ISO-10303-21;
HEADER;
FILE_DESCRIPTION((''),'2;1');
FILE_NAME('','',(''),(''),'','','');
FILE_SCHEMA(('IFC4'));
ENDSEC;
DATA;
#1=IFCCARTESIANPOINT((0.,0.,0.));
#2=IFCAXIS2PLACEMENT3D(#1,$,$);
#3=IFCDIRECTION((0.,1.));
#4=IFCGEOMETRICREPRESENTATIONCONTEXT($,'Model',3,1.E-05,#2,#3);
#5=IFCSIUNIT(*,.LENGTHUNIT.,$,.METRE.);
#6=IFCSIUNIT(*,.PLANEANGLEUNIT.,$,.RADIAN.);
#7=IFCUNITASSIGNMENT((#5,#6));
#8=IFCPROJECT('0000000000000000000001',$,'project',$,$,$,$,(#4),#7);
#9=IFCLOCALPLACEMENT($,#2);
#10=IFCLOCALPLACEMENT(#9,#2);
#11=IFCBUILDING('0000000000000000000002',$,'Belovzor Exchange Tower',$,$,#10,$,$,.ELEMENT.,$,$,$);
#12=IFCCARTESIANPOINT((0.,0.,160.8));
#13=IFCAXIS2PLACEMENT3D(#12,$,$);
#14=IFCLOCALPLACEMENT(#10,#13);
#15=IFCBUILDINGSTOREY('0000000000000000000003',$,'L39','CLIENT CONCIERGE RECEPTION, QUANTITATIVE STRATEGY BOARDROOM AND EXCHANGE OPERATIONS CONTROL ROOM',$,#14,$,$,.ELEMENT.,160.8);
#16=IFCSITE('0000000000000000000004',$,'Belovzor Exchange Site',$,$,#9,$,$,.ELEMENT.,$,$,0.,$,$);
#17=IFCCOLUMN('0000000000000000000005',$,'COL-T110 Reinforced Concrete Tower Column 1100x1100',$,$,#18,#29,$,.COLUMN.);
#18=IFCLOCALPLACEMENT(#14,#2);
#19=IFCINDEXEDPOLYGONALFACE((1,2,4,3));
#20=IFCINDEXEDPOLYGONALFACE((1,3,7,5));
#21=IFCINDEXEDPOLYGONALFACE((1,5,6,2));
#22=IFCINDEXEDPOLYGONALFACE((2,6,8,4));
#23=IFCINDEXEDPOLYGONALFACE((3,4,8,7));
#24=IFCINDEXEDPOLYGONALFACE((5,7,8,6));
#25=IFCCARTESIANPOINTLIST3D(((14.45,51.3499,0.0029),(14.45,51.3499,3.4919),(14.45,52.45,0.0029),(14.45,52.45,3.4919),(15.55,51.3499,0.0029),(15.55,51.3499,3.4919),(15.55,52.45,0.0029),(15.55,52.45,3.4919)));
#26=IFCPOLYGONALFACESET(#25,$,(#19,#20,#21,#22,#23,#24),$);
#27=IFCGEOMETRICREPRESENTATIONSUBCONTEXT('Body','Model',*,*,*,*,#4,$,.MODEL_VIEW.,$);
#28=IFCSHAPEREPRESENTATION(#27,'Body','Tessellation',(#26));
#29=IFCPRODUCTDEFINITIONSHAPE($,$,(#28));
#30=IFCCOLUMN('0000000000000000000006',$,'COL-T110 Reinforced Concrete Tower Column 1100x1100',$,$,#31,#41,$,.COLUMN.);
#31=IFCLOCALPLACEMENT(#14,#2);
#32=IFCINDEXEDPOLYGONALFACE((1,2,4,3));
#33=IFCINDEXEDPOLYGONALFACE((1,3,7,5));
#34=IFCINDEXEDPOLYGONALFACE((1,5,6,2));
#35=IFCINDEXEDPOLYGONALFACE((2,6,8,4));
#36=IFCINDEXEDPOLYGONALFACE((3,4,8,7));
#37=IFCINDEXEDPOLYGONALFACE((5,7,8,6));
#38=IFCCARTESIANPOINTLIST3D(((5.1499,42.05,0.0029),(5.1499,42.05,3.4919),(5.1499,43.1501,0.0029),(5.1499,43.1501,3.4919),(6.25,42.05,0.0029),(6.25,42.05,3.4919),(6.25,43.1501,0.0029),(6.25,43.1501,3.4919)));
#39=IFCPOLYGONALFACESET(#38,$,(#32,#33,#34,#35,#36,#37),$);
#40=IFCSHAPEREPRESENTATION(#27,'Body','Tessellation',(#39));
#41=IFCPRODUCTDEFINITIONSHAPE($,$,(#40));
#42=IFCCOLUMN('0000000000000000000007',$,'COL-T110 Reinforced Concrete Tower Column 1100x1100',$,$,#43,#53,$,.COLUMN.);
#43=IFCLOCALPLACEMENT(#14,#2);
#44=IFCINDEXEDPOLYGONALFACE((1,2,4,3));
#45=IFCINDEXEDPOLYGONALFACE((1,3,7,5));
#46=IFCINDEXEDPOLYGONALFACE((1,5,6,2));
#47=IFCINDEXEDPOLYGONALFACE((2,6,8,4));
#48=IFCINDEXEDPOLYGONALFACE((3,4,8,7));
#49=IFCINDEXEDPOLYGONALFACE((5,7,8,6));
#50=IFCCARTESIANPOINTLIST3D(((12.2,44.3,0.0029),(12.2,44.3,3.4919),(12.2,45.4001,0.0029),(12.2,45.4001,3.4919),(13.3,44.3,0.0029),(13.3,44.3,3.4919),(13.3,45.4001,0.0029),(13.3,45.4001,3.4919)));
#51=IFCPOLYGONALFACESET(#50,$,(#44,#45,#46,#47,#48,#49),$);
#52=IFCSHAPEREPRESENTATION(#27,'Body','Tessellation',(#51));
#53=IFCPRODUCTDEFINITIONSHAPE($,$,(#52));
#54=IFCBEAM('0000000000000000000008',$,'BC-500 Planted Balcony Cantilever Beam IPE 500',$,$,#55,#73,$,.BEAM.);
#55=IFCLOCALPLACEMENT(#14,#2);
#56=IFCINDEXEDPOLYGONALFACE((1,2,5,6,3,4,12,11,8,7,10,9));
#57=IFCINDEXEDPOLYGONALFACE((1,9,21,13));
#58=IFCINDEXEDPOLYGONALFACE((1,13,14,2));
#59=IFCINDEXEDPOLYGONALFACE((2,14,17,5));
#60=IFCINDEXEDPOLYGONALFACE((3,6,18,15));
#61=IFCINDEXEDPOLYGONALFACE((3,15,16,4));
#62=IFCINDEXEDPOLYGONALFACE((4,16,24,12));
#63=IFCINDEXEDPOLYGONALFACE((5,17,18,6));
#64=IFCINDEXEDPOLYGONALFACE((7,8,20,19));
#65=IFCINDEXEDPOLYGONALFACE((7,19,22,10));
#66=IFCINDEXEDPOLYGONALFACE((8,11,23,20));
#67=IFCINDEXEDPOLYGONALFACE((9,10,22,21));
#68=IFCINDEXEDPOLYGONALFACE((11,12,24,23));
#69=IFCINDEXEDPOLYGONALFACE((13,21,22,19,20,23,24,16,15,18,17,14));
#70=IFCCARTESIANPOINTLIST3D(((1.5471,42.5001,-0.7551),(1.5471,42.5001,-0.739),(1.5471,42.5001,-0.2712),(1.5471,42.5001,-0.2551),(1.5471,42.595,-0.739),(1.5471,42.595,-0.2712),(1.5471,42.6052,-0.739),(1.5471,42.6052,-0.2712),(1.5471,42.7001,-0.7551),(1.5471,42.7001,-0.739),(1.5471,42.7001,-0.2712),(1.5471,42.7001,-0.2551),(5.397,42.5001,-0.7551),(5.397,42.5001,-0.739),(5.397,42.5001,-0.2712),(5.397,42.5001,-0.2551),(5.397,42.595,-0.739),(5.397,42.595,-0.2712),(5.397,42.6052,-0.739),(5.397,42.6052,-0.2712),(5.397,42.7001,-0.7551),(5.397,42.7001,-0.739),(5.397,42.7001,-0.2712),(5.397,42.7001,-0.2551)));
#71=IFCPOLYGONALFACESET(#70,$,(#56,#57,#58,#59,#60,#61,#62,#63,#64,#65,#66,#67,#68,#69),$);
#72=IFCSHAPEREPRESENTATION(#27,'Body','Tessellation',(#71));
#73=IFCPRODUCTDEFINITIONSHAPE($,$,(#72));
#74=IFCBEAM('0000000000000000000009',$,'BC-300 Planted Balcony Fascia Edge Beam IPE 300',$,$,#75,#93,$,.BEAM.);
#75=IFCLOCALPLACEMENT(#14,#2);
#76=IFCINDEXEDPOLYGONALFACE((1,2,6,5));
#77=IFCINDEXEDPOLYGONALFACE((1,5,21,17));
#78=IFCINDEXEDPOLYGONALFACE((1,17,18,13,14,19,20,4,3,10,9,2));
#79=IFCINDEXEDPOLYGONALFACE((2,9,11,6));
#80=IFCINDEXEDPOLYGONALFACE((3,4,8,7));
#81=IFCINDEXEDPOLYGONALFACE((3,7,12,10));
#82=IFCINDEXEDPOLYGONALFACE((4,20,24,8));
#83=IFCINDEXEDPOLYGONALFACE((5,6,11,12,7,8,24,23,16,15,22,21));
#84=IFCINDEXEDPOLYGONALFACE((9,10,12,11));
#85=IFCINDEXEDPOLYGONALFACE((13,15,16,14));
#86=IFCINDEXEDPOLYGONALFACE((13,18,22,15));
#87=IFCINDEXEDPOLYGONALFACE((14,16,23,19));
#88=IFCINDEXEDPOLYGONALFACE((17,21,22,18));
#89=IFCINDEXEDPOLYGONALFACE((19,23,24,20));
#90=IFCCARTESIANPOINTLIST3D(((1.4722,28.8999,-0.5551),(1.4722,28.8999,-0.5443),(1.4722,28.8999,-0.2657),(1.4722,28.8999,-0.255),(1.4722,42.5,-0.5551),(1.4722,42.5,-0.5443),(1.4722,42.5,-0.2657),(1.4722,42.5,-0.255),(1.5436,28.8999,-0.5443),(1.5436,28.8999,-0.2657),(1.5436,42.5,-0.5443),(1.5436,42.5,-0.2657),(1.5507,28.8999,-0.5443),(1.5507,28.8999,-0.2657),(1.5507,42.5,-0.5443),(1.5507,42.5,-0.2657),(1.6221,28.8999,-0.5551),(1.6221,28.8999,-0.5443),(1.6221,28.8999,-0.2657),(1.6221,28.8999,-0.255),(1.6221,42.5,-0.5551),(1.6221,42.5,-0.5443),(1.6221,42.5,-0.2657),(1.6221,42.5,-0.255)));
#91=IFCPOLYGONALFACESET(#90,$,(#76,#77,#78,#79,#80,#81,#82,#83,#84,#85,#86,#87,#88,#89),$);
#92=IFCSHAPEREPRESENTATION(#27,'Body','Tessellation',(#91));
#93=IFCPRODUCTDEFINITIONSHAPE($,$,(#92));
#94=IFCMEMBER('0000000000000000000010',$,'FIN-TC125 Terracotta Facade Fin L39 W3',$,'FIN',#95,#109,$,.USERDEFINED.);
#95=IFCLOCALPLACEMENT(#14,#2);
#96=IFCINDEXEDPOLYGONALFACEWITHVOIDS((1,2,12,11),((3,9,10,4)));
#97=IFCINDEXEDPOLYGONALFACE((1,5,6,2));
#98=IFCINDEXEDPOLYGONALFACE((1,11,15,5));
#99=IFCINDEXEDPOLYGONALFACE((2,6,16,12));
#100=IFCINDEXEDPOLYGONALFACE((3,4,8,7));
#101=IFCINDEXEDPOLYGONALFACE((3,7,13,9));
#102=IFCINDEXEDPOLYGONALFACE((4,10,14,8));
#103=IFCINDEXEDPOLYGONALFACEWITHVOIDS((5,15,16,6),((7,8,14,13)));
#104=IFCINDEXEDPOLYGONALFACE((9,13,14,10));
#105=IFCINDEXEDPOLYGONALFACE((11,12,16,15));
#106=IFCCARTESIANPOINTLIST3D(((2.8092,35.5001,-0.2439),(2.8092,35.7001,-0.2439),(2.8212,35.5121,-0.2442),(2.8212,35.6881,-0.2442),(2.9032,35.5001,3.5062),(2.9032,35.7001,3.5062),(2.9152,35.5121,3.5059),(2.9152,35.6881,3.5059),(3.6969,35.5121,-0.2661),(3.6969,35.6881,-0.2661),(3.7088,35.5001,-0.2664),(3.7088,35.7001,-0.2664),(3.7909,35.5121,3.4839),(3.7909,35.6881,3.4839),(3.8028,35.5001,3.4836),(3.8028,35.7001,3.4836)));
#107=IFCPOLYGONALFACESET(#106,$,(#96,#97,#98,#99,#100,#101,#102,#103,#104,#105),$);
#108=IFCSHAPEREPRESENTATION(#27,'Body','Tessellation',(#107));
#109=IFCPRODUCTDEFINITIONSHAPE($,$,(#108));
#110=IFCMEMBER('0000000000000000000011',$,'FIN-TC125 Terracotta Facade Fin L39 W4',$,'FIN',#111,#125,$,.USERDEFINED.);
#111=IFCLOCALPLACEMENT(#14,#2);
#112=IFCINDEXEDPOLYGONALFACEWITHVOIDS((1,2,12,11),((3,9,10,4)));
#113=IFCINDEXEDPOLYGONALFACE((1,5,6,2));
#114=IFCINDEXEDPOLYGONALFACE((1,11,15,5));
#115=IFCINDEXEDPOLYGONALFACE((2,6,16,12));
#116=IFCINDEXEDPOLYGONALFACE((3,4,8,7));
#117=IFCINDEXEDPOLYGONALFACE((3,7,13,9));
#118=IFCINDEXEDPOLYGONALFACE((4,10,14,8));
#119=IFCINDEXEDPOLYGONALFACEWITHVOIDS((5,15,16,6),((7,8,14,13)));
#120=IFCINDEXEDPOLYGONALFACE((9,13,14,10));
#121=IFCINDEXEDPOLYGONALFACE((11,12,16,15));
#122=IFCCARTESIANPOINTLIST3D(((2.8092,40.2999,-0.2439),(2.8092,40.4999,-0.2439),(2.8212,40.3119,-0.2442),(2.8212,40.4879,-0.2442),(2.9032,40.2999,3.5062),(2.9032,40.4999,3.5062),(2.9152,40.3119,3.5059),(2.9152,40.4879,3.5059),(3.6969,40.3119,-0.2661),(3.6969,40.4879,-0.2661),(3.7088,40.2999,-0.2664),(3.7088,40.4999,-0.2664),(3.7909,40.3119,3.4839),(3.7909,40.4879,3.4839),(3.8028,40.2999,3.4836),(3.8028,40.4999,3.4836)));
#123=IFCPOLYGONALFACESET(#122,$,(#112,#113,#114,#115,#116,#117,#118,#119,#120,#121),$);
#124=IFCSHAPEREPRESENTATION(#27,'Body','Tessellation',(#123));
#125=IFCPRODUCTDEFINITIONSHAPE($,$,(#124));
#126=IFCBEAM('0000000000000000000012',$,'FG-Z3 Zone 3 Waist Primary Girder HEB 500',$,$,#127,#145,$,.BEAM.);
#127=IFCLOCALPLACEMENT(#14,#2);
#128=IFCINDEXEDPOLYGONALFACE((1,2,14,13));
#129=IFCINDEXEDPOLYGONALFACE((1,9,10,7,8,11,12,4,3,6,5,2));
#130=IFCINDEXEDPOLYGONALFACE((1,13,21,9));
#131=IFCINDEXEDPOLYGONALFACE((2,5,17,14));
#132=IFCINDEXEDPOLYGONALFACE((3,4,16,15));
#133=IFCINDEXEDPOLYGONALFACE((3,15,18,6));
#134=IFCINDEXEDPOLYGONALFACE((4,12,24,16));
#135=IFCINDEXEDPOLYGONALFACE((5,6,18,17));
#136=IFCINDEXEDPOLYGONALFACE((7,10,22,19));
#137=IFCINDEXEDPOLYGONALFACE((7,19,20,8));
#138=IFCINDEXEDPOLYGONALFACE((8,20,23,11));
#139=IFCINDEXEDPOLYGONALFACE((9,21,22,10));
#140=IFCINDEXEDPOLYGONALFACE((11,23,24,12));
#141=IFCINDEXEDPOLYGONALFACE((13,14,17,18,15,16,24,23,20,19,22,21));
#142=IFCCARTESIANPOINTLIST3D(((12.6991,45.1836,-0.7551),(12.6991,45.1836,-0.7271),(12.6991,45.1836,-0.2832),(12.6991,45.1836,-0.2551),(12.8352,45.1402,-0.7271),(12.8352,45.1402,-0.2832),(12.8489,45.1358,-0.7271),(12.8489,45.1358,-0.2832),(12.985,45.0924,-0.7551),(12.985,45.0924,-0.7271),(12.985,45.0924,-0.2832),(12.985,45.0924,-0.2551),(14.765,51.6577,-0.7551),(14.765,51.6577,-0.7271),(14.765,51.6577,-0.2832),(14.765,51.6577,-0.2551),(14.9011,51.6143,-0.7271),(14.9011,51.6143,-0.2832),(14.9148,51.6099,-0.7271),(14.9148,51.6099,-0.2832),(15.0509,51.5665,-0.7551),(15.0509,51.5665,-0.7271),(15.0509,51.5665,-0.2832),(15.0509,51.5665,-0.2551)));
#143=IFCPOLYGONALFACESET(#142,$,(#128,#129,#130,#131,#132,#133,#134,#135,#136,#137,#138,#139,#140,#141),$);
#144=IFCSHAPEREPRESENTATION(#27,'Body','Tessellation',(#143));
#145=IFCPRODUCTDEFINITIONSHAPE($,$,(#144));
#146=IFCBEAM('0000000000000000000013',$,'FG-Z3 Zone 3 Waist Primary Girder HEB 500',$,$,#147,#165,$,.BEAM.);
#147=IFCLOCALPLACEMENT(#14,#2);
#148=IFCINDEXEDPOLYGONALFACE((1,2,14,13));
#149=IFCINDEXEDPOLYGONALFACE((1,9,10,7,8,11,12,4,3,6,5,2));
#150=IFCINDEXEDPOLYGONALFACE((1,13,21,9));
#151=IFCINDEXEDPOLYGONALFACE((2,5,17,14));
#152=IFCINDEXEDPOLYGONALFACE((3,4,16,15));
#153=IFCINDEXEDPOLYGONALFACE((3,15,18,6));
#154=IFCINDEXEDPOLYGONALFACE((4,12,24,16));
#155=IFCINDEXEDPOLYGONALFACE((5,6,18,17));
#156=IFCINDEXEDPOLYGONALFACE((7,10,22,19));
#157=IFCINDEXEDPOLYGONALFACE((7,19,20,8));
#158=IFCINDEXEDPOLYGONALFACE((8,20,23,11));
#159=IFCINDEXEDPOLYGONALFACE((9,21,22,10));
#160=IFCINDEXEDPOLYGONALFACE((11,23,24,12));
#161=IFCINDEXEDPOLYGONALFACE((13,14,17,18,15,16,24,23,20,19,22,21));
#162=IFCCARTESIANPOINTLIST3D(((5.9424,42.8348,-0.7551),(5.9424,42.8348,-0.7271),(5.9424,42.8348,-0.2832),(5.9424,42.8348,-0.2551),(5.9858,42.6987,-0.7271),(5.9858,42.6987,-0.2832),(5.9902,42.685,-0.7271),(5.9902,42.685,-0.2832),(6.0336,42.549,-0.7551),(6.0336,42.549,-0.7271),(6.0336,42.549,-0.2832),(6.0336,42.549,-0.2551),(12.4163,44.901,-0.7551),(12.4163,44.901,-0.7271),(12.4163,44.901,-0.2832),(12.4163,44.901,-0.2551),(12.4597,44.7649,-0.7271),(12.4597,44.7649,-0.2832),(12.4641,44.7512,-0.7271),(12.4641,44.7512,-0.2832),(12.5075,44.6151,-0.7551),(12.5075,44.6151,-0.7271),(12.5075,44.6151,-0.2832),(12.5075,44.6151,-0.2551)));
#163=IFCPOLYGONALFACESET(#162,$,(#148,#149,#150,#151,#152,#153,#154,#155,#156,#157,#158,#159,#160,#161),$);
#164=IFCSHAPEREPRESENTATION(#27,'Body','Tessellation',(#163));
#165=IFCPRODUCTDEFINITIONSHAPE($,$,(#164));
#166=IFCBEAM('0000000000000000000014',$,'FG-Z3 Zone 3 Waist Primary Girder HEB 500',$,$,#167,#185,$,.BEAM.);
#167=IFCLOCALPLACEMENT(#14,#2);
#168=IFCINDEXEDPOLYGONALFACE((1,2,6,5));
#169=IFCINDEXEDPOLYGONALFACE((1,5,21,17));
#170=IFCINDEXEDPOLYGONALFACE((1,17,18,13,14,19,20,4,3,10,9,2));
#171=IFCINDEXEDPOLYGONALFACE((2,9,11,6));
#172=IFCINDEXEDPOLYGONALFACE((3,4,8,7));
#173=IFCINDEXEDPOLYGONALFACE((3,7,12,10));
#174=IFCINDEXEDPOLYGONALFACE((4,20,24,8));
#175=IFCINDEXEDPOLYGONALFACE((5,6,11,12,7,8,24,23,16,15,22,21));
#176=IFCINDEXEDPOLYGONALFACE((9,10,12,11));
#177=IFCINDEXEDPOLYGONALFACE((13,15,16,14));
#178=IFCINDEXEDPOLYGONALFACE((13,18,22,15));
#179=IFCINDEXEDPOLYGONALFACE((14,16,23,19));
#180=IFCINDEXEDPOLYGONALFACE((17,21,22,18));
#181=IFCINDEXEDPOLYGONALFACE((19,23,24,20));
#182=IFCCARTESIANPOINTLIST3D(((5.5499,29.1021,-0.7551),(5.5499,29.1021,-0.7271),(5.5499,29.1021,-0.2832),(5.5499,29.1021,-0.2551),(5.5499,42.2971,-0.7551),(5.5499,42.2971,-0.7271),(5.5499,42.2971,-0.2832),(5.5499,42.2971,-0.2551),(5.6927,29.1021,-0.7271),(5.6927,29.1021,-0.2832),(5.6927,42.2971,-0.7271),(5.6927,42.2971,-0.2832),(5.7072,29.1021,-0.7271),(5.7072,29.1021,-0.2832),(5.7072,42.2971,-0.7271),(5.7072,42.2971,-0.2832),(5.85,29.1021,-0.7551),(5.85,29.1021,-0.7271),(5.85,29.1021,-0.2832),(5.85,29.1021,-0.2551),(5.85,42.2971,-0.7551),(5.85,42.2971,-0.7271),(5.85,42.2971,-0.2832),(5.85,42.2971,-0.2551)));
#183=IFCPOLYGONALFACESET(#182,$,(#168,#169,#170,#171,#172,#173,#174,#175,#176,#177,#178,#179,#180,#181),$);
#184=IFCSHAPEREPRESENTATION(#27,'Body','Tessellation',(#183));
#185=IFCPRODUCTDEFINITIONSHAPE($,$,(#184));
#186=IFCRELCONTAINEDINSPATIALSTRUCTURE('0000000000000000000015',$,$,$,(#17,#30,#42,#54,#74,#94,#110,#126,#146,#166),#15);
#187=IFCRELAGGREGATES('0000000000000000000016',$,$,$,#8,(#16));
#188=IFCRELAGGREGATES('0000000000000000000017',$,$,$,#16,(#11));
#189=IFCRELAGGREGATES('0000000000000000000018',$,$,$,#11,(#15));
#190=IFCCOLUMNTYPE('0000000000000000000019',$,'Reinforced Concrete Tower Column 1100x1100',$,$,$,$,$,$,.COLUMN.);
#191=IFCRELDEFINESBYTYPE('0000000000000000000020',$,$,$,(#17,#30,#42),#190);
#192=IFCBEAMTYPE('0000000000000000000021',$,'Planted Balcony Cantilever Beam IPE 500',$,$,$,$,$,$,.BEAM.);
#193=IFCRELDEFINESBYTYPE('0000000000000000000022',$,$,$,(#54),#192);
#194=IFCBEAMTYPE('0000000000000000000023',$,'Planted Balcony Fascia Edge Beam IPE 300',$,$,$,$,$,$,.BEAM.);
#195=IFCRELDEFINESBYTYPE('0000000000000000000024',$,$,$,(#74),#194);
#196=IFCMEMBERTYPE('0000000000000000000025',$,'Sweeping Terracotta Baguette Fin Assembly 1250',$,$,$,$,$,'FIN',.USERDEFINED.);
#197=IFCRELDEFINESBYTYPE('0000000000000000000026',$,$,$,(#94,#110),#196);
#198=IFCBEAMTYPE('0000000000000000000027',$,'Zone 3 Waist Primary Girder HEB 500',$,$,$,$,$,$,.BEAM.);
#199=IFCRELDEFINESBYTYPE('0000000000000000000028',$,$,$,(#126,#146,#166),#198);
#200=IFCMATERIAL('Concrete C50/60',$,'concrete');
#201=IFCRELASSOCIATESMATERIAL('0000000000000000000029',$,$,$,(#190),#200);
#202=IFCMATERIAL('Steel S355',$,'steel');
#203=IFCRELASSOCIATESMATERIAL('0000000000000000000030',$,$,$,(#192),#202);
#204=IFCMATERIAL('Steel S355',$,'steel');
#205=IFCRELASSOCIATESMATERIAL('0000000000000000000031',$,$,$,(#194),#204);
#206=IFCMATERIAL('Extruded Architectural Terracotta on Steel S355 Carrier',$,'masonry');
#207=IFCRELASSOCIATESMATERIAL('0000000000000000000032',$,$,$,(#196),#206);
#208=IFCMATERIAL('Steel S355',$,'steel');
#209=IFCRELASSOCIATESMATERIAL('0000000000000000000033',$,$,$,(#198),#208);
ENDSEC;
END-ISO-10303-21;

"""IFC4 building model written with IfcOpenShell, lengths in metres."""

from ifc_helpers import new_model, si_unit, direction, frame, origin, origin_2d, place, context, subcontext, project, spatial, rectangle, hollow_rectangle, i_section, extrude, material, material_profile, profile_set, type_object, element, save


model = new_model("IFC4")

# Units and contexts
model_context = context("Model", 3, precision=1e-05, world=origin(), true_north=direction((0.0, 1.0)))
body_context = subcontext(model_context, "Body", "Model", "MODEL_VIEW")
ifc_project = project(units=[si_unit("LENGTHUNIT", "METRE"), si_unit("PLANEANGLEUNIT", "RADIAN")], contexts=[model_context])

# Site, building, storey
site_placement = place(None, origin())
site = spatial("IfcSite", under=ifc_project, at=site_placement, Name="Belovzor Exchange Site", CompositionType="ELEMENT", RefElevation=0.0)
building_placement = place(site_placement, origin())
building = spatial("IfcBuilding", under=site, at=building_placement, Name="Belovzor Exchange Tower", CompositionType="ELEMENT")
storey_placement = place(building_placement, frame((0.0, 0.0, 160.8)))
storey = spatial("IfcBuildingStorey", under=building, at=storey_placement, Name="L39", Description="CLIENT CONCIERGE RECEPTION, QUANTITATIVE STRATEGY BOARDROOM AND EXCHANGE OPERATIONS CONTROL ROOM", CompositionType="ELEMENT", Elevation=160.8)

# Columns
ifc_material_1 = material(Name="Concrete C50/60", Category="concrete")
ifc_material_profile_1 = material_profile(ifc_material_1, rectangle(XDim=1.1001, YDim=1.1001, at=origin_2d()))
ifc_profile_set_1 = profile_set([ifc_material_profile_1], Name="Concrete C50/60")
column_type = type_object("IfcColumnType", Name="Reinforced Concrete Tower Column 1100x1100", PredefinedType="COLUMN", material=ifc_profile_set_1)
for number, where, z_axis, x_axis, name in (
    (1, (15.0, 51.8999, 0.0029), (0.0, 0.0, 1.0), (1.0, 0.0, 0.0), "COL-T110 Reinforced Concrete Tower Column 1100x1100"),
    (2, (5.7, 42.6001, 0.0029), (0.0, 0.0, 1.0), (1.0, 0.0, 0.0), "COL-T110 Reinforced Concrete Tower Column 1100x1100"),
    (3, (12.75, 44.8501, 0.0029), (0.0, 0.0, 1.0), (1.0, 0.0, 0.0), "COL-T110 Reinforced Concrete Tower Column 1100x1100"),
):
    element("IfcColumn", number, at=place(storey_placement, frame(where, z_axis=z_axis, x_axis=x_axis)), inside=storey, type_object=column_type, Name=name, PredefinedType="COLUMN", context=body_context, shape_type="SweptSolid", body=[
        extrude(rectangle(XDim=1.1001, YDim=1.1001, at=origin_2d()), origin(), (0.0, 0.0, 1.0), 3.489),
    ])

# Beams
ifc_material_2 = material(Name="Steel S355", Category="steel")
ifc_material_profile_2 = material_profile(ifc_material_2, i_section(OverallWidth=0.2, OverallDepth=0.5, WebThickness=0.0103, FlangeThickness=0.0161, at=origin_2d()))
ifc_profile_set_2 = profile_set([ifc_material_profile_2], Name="Steel S355")
beam_type_1 = type_object("IfcBeamType", Name="Planted Balcony Cantilever Beam IPE 500", PredefinedType="BEAM", material=ifc_profile_set_2)
beam_1_placement = place(storey_placement, frame((5.397, 42.6001, -0.5051), z_axis=(-1.0, 0.0, 0.0), x_axis=(0.0, -1.0, 0.0)))
element("IfcBeam", 4, at=beam_1_placement, inside=storey, type_object=beam_type_1, Name="BC-500 Planted Balcony Cantilever Beam IPE 500", PredefinedType="BEAM", context=body_context, shape_type="SweptSolid", body=[
    extrude(i_section(OverallWidth=0.2, OverallDepth=0.5, WebThickness=0.0103, FlangeThickness=0.0161, at=origin_2d()), origin(), (0.0, 0.0, 1.0), 3.8499),
])
ifc_material_3 = material(Name="Steel S355", Category="steel")
ifc_material_profile_3 = material_profile(ifc_material_3, i_section(OverallWidth=0.1499, OverallDepth=0.3, WebThickness=0.0071, FlangeThickness=0.0107, at=origin_2d()))
ifc_profile_set_3 = profile_set([ifc_material_profile_3], Name="Steel S355")
beam_type_2 = type_object("IfcBeamType", Name="Planted Balcony Fascia Edge Beam IPE 300", PredefinedType="BEAM", material=ifc_profile_set_3)
beam_2_placement = place(storey_placement, frame((1.5471, 42.5, -0.405), z_axis=(0.0, -1.0, 0.0), x_axis=(1.0, 0.0, 0.0)))
element("IfcBeam", 5, at=beam_2_placement, inside=storey, type_object=beam_type_2, Name="BC-300 Planted Balcony Fascia Edge Beam IPE 300", PredefinedType="BEAM", context=body_context, shape_type="SweptSolid", body=[
    extrude(i_section(OverallWidth=0.1499, OverallDepth=0.3, WebThickness=0.0071, FlangeThickness=0.0107, at=origin_2d()), origin(), (0.0, 0.0, 1.0), 13.6001),
])

# Members
ifc_material_4 = material(Name="Extruded Architectural Terracotta on Steel S355 Carrier", Category="masonry")
ifc_material_profile_4 = material_profile(ifc_material_4, hollow_rectangle(XDim=0.2, YDim=0.8999, WallThickness=0.012, at=origin_2d()))
ifc_profile_set_4 = profile_set([ifc_material_profile_4], Name="Extruded Architectural Terracotta on Steel S355 Carrier")
member_type = type_object("IfcMemberType", Name="Sweeping Terracotta Baguette Fin Assembly 1250", ElementType="FIN", PredefinedType="USERDEFINED", material=ifc_profile_set_4)
for number, where, z_axis, x_axis, name in (
    (6, (3.259, 35.6001, -0.2551), (0.025057, 0.0, 0.999686), (0.0, 1.0, 0.0), "FIN-TC125 Terracotta Facade Fin L39 W3"),
    (7, (3.259, 40.3999, -0.2551), (0.025057, 0.0, 0.999686), (0.0, 1.0, 0.0), "FIN-TC125 Terracotta Facade Fin L39 W4"),
):
    element("IfcMember", number, at=place(storey_placement, frame(where, z_axis=z_axis, x_axis=x_axis)), inside=storey, type_object=member_type, Name=name, ObjectType="FIN", PredefinedType="USERDEFINED", context=body_context, shape_type="SweptSolid", body=[
        extrude(hollow_rectangle(XDim=0.2, YDim=0.8999, WallThickness=0.012, at=origin_2d()), origin(), (0.0, 0.0, 1.0), 3.7512),
    ])

# Beams
ifc_material_5 = material(Name="Steel S355", Category="steel")
ifc_material_profile_5 = material_profile(ifc_material_5, i_section(OverallWidth=0.3, OverallDepth=0.5, WebThickness=0.0144, FlangeThickness=0.0281, at=origin_2d()))
ifc_profile_set_5 = profile_set([ifc_material_profile_5], Name="Steel S355")
beam_type_3 = type_object("IfcBeamType", Name="Zone 3 Waist Primary Girder HEB 500", PredefinedType="BEAM", material=ifc_profile_set_5)
for number, where, z_axis, x_axis, name in (
    (8, (14.908, 51.6121, -0.5051), (-0.304001, -0.952672, 0.0), (0.952672, -0.304001, 0.0), "FG-Z3 Zone 3 Waist Primary Girder HEB 500"),
    (9, (12.4619, 44.7581, -0.5051), (-0.952658, -0.304044, 0.0), (0.304044, -0.952658, 0.0), "FG-Z3 Zone 3 Waist Primary Girder HEB 500"),
):
    element("IfcBeam", number, at=place(storey_placement, frame(where, z_axis=z_axis, x_axis=x_axis)), inside=storey, type_object=beam_type_3, Name=name, PredefinedType="BEAM", context=body_context, shape_type="SweptSolid", body=[
        extrude(i_section(OverallWidth=0.3, OverallDepth=0.5, WebThickness=0.0144, FlangeThickness=0.0281, at=origin_2d()), origin(), (0.0, 0.0, 1.0), 6.7957),
    ])
beam_3_placement = place(storey_placement, frame((5.7, 42.2971, -0.5051), z_axis=(0.0, -1.0, 0.0), x_axis=(1.0, 0.0, 0.0)))
element("IfcBeam", 10, at=beam_3_placement, inside=storey, type_object=beam_type_3, Name="FG-Z3 Zone 3 Waist Primary Girder HEB 500", PredefinedType="BEAM", context=body_context, shape_type="SweptSolid", body=[
    extrude(i_section(OverallWidth=0.3, OverallDepth=0.5, WebThickness=0.0144, FlangeThickness=0.0281, at=origin_2d()), origin(), (0.0, 0.0, 1.0), 13.1951),
])

save(model, "model.ifc")
